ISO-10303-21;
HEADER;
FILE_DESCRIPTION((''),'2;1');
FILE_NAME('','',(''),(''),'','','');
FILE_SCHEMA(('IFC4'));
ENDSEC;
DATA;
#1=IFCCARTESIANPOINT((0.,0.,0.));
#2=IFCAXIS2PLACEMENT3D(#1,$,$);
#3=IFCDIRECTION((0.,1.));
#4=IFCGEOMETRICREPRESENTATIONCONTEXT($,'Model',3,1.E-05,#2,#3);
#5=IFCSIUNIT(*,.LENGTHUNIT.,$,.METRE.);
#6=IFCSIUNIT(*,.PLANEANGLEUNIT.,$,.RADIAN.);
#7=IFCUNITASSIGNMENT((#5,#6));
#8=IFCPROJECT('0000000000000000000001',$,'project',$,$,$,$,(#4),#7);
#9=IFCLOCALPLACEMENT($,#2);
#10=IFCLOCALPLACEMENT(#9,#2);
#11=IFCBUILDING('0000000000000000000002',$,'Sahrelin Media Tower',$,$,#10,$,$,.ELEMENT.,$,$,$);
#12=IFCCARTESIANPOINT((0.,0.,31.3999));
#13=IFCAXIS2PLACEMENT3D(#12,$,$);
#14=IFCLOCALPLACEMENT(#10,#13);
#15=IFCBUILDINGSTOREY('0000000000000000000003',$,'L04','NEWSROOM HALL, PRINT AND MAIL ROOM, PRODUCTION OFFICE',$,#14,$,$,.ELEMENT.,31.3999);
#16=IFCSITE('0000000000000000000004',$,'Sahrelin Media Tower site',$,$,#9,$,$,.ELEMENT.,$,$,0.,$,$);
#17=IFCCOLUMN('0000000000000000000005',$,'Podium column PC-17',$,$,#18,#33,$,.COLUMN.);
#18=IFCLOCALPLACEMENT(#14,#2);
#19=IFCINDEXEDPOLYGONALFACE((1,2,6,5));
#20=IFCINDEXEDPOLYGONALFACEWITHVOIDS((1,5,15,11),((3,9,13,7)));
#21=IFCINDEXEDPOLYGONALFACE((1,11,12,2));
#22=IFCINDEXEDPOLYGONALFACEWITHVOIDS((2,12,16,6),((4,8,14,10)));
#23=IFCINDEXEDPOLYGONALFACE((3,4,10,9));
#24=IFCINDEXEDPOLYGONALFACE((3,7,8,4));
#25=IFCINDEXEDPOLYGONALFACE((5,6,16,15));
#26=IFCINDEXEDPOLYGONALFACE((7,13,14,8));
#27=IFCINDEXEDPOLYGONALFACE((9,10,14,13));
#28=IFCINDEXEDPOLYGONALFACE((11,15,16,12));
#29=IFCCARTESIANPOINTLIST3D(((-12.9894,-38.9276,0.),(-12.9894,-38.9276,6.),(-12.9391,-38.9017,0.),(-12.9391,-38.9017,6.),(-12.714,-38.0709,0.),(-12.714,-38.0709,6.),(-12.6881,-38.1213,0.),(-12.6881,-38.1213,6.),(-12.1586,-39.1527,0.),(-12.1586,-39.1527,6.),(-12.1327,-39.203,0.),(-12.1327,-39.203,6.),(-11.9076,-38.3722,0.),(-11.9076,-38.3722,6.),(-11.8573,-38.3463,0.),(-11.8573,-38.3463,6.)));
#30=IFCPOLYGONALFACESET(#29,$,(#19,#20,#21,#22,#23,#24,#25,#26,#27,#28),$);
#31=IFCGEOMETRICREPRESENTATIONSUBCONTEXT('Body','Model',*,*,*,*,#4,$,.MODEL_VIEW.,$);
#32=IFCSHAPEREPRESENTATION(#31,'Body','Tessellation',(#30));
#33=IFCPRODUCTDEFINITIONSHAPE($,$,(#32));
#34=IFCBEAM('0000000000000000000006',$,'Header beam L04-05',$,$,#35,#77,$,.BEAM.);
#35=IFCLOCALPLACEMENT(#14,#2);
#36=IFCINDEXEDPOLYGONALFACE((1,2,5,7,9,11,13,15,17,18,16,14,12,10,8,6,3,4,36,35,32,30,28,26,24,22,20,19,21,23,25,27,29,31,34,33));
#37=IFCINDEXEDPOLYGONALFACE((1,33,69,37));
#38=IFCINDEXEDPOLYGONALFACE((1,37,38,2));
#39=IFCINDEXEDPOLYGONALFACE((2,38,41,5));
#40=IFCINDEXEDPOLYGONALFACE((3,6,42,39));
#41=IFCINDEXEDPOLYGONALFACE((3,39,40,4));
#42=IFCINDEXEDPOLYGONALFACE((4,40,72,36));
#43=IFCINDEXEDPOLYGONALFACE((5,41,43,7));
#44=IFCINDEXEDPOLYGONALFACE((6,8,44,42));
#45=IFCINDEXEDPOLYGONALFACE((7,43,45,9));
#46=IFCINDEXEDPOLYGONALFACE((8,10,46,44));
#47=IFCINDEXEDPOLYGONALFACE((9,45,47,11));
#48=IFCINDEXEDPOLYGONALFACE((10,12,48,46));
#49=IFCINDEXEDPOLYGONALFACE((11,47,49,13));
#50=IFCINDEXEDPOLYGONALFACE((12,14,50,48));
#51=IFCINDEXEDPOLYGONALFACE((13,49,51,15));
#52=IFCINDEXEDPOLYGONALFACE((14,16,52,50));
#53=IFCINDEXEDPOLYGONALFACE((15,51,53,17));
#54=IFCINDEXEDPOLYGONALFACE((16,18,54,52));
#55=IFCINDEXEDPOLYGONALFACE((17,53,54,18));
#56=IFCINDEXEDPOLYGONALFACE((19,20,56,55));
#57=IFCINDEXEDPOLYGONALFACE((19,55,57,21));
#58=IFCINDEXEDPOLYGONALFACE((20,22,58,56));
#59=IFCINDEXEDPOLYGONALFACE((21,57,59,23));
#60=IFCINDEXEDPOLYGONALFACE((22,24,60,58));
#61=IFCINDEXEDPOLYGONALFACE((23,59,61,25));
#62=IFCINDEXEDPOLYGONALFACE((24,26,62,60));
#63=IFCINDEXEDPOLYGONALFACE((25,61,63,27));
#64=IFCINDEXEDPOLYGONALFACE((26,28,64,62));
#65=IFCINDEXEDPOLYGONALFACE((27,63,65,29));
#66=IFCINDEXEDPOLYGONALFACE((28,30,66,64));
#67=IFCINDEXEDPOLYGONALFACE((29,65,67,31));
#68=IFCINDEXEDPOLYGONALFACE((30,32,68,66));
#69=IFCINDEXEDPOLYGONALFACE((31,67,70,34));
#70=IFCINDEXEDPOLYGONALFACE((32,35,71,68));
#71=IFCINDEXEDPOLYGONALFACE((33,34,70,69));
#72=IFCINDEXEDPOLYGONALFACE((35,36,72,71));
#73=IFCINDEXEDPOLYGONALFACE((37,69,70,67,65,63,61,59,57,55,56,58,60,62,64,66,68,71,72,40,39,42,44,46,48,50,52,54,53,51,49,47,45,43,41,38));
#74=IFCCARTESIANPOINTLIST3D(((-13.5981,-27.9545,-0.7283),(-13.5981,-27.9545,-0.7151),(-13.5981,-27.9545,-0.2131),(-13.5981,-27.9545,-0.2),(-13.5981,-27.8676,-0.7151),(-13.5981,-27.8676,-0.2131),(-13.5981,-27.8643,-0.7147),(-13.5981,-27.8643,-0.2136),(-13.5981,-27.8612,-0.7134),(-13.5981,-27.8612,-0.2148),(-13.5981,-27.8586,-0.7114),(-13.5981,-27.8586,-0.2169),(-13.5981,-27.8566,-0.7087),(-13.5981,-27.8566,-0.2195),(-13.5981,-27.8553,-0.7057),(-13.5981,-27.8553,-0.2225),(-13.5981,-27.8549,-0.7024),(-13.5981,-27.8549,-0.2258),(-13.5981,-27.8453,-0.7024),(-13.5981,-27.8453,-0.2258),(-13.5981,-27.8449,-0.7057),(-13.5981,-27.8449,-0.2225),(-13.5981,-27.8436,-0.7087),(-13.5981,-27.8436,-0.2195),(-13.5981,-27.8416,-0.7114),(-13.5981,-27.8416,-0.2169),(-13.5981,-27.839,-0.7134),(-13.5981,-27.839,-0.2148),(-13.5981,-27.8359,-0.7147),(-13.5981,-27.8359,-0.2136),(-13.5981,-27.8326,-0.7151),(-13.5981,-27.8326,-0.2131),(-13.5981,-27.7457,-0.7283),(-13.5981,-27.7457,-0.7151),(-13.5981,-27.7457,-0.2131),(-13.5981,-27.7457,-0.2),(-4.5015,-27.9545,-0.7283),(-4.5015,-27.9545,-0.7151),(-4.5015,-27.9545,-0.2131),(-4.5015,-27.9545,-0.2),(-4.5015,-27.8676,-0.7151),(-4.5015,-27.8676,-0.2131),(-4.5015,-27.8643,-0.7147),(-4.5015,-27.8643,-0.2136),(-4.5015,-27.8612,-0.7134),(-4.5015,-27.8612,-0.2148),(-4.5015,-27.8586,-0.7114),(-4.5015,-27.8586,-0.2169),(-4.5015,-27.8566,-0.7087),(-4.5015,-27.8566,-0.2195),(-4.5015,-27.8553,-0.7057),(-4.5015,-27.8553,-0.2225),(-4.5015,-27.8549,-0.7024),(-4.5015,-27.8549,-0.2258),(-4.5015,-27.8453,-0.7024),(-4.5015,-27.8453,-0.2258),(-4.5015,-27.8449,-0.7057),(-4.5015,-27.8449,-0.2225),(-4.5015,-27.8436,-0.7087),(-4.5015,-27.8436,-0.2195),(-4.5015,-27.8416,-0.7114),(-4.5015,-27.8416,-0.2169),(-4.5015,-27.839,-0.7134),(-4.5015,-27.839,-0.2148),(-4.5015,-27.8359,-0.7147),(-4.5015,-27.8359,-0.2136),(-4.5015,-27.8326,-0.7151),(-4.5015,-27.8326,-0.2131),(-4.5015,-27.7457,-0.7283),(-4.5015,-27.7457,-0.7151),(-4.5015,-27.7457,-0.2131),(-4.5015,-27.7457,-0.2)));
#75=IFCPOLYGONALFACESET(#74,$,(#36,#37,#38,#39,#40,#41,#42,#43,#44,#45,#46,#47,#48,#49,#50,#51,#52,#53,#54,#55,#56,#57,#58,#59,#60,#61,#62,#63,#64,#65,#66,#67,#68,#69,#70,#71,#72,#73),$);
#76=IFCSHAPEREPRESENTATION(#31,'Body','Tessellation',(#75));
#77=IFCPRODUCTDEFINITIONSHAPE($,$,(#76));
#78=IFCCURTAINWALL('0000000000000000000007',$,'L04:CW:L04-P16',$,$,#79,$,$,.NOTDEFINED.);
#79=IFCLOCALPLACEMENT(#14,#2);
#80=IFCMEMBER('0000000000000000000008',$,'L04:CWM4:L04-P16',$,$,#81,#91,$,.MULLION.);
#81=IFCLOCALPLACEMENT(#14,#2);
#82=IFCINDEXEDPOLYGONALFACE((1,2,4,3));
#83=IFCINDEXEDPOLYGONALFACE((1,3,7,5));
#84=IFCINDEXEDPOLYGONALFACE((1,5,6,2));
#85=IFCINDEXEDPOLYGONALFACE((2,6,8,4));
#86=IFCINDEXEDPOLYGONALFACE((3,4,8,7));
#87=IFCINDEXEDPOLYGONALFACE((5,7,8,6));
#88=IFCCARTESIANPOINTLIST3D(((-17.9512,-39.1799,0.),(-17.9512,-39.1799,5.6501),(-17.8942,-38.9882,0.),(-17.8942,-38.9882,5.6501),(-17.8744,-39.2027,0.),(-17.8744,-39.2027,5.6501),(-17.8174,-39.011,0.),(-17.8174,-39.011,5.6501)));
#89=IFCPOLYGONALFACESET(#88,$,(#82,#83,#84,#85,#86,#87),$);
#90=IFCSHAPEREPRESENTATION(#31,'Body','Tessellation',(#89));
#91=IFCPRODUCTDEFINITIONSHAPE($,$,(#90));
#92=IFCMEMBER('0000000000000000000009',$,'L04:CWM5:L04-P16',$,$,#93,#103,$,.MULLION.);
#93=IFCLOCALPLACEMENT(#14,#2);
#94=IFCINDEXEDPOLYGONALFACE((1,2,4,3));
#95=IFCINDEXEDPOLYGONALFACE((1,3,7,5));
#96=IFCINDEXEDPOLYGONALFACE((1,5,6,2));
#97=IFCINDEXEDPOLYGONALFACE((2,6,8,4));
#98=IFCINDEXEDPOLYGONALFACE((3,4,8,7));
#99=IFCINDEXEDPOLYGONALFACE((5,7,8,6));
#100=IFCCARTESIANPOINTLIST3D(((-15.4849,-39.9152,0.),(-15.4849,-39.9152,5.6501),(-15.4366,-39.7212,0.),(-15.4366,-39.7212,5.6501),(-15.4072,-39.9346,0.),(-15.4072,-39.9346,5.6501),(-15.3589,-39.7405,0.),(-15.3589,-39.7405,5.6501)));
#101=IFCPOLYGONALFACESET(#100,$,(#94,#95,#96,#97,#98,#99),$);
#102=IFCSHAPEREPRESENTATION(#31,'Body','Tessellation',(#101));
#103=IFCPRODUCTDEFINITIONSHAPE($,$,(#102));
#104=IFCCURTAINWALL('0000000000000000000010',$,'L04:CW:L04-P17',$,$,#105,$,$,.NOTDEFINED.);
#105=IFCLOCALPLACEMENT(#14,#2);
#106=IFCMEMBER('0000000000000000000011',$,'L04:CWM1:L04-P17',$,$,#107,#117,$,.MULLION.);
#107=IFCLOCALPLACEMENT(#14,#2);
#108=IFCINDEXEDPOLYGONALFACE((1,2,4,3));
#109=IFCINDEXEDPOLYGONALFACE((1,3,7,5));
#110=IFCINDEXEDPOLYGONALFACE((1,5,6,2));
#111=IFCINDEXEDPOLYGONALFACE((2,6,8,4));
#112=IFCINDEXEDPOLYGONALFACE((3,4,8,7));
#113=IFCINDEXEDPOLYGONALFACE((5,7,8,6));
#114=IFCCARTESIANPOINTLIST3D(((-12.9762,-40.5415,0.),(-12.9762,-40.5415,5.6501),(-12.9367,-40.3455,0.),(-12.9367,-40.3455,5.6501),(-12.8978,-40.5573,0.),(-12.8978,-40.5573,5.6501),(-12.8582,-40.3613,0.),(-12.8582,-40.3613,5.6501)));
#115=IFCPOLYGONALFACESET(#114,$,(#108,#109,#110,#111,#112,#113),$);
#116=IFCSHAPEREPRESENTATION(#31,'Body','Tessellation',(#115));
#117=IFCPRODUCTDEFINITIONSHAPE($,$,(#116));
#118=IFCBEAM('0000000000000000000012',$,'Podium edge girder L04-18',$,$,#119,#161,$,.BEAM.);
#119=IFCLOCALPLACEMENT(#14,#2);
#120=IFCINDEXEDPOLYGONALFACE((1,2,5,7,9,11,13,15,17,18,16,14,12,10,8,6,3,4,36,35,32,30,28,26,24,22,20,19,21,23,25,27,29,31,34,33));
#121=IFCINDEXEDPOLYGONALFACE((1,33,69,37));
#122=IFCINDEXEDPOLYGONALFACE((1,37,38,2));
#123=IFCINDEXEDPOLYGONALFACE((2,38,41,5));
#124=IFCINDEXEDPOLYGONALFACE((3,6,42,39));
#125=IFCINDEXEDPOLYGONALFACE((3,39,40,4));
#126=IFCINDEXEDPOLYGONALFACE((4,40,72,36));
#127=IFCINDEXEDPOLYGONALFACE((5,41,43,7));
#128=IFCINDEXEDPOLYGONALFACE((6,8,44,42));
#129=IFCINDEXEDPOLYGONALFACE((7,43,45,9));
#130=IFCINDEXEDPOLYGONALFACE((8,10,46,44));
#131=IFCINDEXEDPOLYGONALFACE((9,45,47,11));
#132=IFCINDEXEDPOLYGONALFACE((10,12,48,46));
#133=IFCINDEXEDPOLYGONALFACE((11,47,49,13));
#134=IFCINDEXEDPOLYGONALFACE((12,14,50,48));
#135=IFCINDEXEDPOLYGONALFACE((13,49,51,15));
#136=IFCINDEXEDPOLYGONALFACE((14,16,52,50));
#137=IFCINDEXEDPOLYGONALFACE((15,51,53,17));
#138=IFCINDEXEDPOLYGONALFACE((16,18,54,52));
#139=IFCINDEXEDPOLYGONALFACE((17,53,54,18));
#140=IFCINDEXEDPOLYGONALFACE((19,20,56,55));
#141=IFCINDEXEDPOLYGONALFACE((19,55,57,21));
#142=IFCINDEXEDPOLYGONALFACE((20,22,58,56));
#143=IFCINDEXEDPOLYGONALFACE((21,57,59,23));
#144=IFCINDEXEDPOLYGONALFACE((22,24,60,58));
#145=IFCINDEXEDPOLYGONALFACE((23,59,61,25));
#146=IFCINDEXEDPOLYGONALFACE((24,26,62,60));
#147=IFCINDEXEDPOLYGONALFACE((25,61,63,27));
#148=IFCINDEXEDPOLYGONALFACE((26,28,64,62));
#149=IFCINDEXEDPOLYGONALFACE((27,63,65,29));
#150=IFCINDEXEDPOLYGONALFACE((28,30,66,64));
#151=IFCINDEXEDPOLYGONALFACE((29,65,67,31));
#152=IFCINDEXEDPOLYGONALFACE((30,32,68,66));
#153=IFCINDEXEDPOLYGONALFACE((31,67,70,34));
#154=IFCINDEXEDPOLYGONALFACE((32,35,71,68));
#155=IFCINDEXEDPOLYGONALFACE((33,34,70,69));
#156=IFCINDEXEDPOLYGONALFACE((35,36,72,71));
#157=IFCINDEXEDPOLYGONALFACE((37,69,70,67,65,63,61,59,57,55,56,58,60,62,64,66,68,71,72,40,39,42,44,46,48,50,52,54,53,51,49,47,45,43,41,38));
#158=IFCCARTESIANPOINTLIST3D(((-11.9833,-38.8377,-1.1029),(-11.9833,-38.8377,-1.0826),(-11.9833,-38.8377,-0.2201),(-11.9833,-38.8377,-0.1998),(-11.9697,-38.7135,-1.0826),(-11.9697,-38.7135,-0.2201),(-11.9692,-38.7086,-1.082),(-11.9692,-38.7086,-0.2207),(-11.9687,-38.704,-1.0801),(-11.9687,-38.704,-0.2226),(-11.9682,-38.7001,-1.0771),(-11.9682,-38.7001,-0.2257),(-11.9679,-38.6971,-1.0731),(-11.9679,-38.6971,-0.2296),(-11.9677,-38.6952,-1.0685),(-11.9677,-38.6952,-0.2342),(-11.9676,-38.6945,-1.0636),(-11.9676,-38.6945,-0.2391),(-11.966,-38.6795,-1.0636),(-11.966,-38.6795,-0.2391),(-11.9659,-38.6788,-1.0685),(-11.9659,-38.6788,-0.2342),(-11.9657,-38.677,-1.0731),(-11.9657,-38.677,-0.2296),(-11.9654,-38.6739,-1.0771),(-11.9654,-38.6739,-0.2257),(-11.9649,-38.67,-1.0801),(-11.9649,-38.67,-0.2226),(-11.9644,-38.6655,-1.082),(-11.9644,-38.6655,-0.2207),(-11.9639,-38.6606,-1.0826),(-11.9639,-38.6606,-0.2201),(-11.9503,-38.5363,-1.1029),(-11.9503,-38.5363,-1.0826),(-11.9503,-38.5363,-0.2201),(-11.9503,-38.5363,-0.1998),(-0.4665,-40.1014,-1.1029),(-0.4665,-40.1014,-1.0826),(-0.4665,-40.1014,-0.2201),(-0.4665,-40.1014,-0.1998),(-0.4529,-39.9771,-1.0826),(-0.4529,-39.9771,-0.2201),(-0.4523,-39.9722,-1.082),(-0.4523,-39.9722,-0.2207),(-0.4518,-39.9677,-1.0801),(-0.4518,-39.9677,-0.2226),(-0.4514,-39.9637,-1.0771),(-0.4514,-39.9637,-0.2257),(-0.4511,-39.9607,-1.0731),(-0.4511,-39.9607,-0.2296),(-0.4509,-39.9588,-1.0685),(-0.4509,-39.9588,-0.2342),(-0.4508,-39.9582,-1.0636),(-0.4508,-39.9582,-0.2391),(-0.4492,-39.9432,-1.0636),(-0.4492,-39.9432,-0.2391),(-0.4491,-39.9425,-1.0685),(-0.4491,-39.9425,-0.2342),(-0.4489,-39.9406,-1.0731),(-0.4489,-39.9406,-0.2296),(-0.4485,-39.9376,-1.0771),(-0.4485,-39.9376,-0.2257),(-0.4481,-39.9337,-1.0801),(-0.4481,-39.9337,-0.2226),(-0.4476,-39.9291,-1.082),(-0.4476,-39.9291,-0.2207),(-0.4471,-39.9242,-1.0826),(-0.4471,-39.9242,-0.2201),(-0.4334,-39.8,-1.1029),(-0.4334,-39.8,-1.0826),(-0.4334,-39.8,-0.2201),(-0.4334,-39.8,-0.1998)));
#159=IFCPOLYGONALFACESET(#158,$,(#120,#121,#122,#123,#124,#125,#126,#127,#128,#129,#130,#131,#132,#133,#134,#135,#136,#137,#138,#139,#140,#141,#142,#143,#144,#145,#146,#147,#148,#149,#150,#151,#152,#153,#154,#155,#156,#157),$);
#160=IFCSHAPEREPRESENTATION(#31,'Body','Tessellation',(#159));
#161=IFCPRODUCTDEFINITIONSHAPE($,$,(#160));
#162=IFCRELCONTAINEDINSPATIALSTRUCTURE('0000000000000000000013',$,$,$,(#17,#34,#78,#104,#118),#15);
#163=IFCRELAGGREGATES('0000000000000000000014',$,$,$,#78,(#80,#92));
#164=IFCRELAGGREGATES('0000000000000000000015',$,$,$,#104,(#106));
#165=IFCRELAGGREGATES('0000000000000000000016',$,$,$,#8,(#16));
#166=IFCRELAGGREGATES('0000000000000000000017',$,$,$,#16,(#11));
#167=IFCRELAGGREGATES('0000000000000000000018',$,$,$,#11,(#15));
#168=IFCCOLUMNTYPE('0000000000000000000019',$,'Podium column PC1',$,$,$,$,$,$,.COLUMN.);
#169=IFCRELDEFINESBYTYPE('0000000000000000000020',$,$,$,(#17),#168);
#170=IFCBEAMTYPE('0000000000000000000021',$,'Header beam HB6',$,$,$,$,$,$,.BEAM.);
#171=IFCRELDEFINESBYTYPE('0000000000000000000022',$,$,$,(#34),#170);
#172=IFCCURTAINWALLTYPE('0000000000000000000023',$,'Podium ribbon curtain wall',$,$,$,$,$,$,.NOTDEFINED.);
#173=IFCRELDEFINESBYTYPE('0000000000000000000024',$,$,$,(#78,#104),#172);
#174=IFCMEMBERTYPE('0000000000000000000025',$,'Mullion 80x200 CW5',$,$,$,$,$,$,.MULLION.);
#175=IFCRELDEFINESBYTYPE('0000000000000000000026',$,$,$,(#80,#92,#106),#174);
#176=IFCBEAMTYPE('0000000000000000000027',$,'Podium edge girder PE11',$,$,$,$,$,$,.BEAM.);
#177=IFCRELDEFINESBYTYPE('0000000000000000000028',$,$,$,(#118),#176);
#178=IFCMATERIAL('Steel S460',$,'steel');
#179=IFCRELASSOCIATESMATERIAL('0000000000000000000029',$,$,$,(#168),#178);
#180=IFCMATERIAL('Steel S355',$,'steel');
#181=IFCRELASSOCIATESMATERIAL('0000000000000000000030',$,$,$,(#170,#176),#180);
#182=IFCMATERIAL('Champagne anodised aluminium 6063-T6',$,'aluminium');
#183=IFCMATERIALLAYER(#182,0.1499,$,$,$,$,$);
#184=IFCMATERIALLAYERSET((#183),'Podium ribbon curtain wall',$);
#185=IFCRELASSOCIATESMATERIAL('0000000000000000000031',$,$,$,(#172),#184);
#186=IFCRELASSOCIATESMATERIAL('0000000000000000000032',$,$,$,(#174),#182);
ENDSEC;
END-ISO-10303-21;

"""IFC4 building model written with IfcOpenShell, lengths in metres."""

from ifc_helpers import new_model, si_unit, direction, frame, origin, origin_2d, place, context, subcontext, project, spatial, rectangle, hollow_rectangle, i_section, extrude, material, layer, layer_set, material_profile, profile_set, type_object, element, aggregate, save


model = new_model("IFC4")

# Units and contexts
model_context = context("Model", 3, precision=1e-05, world=origin(), true_north=direction((0.0, 1.0)))
body_context = subcontext(model_context, "Body", "Model", "MODEL_VIEW")
ifc_project = project(units=[si_unit("LENGTHUNIT", "METRE"), si_unit("PLANEANGLEUNIT", "RADIAN")], contexts=[model_context])

# Site, building, storey
site_placement = place(None, origin())
site = spatial("IfcSite", under=ifc_project, at=site_placement, Name="Sahrelin Media Tower site", CompositionType="ELEMENT", RefElevation=0.0)
building_placement = place(site_placement, origin())
building = spatial("IfcBuilding", under=site, at=building_placement, Name="Sahrelin Media Tower", CompositionType="ELEMENT")
storey_placement = place(building_placement, frame((0.0, 0.0, 31.3999)))
storey = spatial("IfcBuildingStorey", under=building, at=storey_placement, Name="L04", Description="NEWSROOM HALL, PRINT AND MAIL ROOM, PRODUCTION OFFICE", CompositionType="ELEMENT", Elevation=31.3999)

# Column
ifc_material_1 = material(Name="Steel S460", Category="steel")
ifc_material_profile_1 = material_profile(ifc_material_1, hollow_rectangle(XDim=0.8999, YDim=0.8999, WallThickness=0.04, at=origin_2d()), Name="Podium column PC1")
ifc_profile_set_1 = profile_set([ifc_material_profile_1], Name="Steel S460")
column_type = type_object("IfcColumnType", Name="Podium column PC1", PredefinedType="COLUMN", material=ifc_profile_set_1)
column_placement = place(storey_placement, frame((-12.4233, -38.637, 0.0), z_axis=(0.0, 0.0, 1.0), x_axis=(-0.306104, -0.951998, 0.0)))
element("IfcColumn", 1, at=column_placement, inside=storey, type_object=column_type, Name="Podium column PC-17", PredefinedType="COLUMN", context=body_context, shape_type="SweptSolid", body=[
    extrude(hollow_rectangle(XDim=0.8999, YDim=0.8999, WallThickness=0.04, at=origin_2d()), origin(), (0.0, 0.0, 1.0), 6.0),
])

# Beam
ifc_material_2 = material(Name="Steel S355", Category="steel")
ifc_material_profile_2 = material_profile(ifc_material_2, i_section(OverallWidth=0.2087, OverallDepth=0.5283, WebThickness=0.0095, FlangeThickness=0.0132, FilletRadius=0.0127, at=origin_2d()), Name="UB 533x210x82")
ifc_profile_set_2 = profile_set([ifc_material_profile_2], Name="Steel S355")
beam_type_1 = type_object("IfcBeamType", Name="Header beam HB6", PredefinedType="BEAM", material=ifc_profile_set_2)
beam_1_placement = place(storey_placement, frame((-13.5981, -27.8501, -0.4641), z_axis=(1.0, 0.0, 0.0), x_axis=(0.0, 1.0, 0.0)))
element("IfcBeam", 2, at=beam_1_placement, inside=storey, type_object=beam_type_1, Name="Header beam L04-05", PredefinedType="BEAM", context=body_context, shape_type="SweptSolid", body=[
    extrude(i_section(OverallWidth=0.2087, OverallDepth=0.5283, WebThickness=0.0095, FlangeThickness=0.0132, FilletRadius=0.0127, at=origin_2d()), origin(), (0.0, 0.0, 1.0), 9.0967),
])

# Curtain wall, members
ifc_material_3 = material(Name="Champagne anodised aluminium 6063-T6", Category="aluminium")
ifc_layer_1 = layer(ifc_material_3, 0.1499)
ifc_layer_set_1 = layer_set([ifc_layer_1], Name="Podium ribbon curtain wall")
curtain_wall_type = type_object("IfcCurtainWallType", Name="Podium ribbon curtain wall", PredefinedType="NOTDEFINED", material=ifc_layer_set_1)
curtain_wall_1_placement = place(storey_placement, frame((-25.0, -36.373, 0.0), z_axis=(0.0, 0.0, 1.0), x_axis=(1.0, 0.0, 0.0)))
curtain_wall_1 = element("IfcCurtainWall", 3, at=curtain_wall_1_placement, inside=storey, type_object=curtain_wall_type, Name="L04:CW:L04-P16", PredefinedType="NOTDEFINED")
ifc_material_profile_3 = material_profile(ifc_material_3, rectangle(XDim=0.0801, YDim=0.2, at=origin_2d()), Name="Mullion 80x200")
ifc_profile_set_3 = profile_set([ifc_material_profile_3], Name="Champagne anodised aluminium 6063-T6")
member_type_1 = type_object("IfcMemberType", Name="Mullion 80x200 CW5", PredefinedType="MULLION", material=ifc_profile_set_3)
member_1_placement = place(storey_placement, frame((-17.8843, -39.0955, 0.0), z_axis=(0.0, 0.0, 1.0), x_axis=(0.958495, -0.28511, 0.0)))
member_1 = element("IfcMember", 4, at=member_1_placement, type_object=member_type_1, Name="L04:CWM4:L04-P16", PredefinedType="MULLION", context=body_context, shape_type="SweptSolid", body=[
    extrude(rectangle(XDim=0.0801, YDim=0.2, at=origin_2d()), origin(), (0.0, 0.0, 1.0), 5.6501),
])
member_2_placement = place(storey_placement, frame((-15.4219, -39.8279, 0.0), z_axis=(0.0, 0.0, 1.0), x_axis=(0.97041, -0.241461, 0.0)))
member_2 = element("IfcMember", 5, at=member_2_placement, type_object=member_type_1, Name="L04:CWM5:L04-P16", PredefinedType="MULLION", context=body_context, shape_type="SweptSolid", body=[
    extrude(rectangle(XDim=0.0801, YDim=0.2, at=origin_2d()), origin(), (0.0, 0.0, 1.0), 5.6501),
])

# Curtain wall, member
curtain_wall_2_placement = place(storey_placement, frame((-12.9409, -40.5688, 0.0), z_axis=(0.0, 0.0, 1.0), x_axis=(1.0, 0.0, 0.0)))
curtain_wall_2 = element("IfcCurtainWall", 6, at=curtain_wall_2_placement, inside=storey, type_object=curtain_wall_type, Name="L04:CW:L04-P17", PredefinedType="NOTDEFINED")
member_3_placement = place(storey_placement, frame((-12.9172, -40.4514, 0.0), z_axis=(0.0, 0.0, 1.0), x_axis=(0.980267, -0.197678, 0.0)))
member_3 = element("IfcMember", 7, at=member_3_placement, type_object=member_type_1, Name="L04:CWM1:L04-P17", PredefinedType="MULLION", context=body_context, shape_type="SweptSolid", body=[
    extrude(rectangle(XDim=0.0801, YDim=0.2, at=origin_2d()), origin(), (0.0, 0.0, 1.0), 5.6501),
])

# Beam
ifc_material_profile_4 = material_profile(ifc_material_2, i_section(OverallWidth=0.3032, OverallDepth=0.9031, WebThickness=0.0151, FlangeThickness=0.0203, FilletRadius=0.019, at=origin_2d()), Name="UB 914x305x201")
ifc_profile_set_4 = profile_set([ifc_material_profile_4], Name="Steel S355")
beam_type_2 = type_object("IfcBeamType", Name="Podium edge girder PE11", PredefinedType="BEAM", material=ifc_profile_set_4)
beam_2_placement = place(storey_placement, frame((-11.9668, -38.687, -0.6514), z_axis=(0.994034, -0.109069, 0.0), x_axis=(0.109069, 0.994034, 0.0)))
element("IfcBeam", 8, at=beam_2_placement, inside=storey, type_object=beam_type_2, Name="Podium edge girder L04-18", PredefinedType="BEAM", context=body_context, shape_type="SweptSolid", body=[
    extrude(i_section(OverallWidth=0.3032, OverallDepth=0.9031, WebThickness=0.0151, FlangeThickness=0.0203, FilletRadius=0.019, at=origin_2d()), origin(), (0.0, 0.0, 1.0), 11.5859),
])

aggregate(curtain_wall_1, [member_1, member_2])
aggregate(curtain_wall_2, [member_3])

save(model, "model.ifc")
